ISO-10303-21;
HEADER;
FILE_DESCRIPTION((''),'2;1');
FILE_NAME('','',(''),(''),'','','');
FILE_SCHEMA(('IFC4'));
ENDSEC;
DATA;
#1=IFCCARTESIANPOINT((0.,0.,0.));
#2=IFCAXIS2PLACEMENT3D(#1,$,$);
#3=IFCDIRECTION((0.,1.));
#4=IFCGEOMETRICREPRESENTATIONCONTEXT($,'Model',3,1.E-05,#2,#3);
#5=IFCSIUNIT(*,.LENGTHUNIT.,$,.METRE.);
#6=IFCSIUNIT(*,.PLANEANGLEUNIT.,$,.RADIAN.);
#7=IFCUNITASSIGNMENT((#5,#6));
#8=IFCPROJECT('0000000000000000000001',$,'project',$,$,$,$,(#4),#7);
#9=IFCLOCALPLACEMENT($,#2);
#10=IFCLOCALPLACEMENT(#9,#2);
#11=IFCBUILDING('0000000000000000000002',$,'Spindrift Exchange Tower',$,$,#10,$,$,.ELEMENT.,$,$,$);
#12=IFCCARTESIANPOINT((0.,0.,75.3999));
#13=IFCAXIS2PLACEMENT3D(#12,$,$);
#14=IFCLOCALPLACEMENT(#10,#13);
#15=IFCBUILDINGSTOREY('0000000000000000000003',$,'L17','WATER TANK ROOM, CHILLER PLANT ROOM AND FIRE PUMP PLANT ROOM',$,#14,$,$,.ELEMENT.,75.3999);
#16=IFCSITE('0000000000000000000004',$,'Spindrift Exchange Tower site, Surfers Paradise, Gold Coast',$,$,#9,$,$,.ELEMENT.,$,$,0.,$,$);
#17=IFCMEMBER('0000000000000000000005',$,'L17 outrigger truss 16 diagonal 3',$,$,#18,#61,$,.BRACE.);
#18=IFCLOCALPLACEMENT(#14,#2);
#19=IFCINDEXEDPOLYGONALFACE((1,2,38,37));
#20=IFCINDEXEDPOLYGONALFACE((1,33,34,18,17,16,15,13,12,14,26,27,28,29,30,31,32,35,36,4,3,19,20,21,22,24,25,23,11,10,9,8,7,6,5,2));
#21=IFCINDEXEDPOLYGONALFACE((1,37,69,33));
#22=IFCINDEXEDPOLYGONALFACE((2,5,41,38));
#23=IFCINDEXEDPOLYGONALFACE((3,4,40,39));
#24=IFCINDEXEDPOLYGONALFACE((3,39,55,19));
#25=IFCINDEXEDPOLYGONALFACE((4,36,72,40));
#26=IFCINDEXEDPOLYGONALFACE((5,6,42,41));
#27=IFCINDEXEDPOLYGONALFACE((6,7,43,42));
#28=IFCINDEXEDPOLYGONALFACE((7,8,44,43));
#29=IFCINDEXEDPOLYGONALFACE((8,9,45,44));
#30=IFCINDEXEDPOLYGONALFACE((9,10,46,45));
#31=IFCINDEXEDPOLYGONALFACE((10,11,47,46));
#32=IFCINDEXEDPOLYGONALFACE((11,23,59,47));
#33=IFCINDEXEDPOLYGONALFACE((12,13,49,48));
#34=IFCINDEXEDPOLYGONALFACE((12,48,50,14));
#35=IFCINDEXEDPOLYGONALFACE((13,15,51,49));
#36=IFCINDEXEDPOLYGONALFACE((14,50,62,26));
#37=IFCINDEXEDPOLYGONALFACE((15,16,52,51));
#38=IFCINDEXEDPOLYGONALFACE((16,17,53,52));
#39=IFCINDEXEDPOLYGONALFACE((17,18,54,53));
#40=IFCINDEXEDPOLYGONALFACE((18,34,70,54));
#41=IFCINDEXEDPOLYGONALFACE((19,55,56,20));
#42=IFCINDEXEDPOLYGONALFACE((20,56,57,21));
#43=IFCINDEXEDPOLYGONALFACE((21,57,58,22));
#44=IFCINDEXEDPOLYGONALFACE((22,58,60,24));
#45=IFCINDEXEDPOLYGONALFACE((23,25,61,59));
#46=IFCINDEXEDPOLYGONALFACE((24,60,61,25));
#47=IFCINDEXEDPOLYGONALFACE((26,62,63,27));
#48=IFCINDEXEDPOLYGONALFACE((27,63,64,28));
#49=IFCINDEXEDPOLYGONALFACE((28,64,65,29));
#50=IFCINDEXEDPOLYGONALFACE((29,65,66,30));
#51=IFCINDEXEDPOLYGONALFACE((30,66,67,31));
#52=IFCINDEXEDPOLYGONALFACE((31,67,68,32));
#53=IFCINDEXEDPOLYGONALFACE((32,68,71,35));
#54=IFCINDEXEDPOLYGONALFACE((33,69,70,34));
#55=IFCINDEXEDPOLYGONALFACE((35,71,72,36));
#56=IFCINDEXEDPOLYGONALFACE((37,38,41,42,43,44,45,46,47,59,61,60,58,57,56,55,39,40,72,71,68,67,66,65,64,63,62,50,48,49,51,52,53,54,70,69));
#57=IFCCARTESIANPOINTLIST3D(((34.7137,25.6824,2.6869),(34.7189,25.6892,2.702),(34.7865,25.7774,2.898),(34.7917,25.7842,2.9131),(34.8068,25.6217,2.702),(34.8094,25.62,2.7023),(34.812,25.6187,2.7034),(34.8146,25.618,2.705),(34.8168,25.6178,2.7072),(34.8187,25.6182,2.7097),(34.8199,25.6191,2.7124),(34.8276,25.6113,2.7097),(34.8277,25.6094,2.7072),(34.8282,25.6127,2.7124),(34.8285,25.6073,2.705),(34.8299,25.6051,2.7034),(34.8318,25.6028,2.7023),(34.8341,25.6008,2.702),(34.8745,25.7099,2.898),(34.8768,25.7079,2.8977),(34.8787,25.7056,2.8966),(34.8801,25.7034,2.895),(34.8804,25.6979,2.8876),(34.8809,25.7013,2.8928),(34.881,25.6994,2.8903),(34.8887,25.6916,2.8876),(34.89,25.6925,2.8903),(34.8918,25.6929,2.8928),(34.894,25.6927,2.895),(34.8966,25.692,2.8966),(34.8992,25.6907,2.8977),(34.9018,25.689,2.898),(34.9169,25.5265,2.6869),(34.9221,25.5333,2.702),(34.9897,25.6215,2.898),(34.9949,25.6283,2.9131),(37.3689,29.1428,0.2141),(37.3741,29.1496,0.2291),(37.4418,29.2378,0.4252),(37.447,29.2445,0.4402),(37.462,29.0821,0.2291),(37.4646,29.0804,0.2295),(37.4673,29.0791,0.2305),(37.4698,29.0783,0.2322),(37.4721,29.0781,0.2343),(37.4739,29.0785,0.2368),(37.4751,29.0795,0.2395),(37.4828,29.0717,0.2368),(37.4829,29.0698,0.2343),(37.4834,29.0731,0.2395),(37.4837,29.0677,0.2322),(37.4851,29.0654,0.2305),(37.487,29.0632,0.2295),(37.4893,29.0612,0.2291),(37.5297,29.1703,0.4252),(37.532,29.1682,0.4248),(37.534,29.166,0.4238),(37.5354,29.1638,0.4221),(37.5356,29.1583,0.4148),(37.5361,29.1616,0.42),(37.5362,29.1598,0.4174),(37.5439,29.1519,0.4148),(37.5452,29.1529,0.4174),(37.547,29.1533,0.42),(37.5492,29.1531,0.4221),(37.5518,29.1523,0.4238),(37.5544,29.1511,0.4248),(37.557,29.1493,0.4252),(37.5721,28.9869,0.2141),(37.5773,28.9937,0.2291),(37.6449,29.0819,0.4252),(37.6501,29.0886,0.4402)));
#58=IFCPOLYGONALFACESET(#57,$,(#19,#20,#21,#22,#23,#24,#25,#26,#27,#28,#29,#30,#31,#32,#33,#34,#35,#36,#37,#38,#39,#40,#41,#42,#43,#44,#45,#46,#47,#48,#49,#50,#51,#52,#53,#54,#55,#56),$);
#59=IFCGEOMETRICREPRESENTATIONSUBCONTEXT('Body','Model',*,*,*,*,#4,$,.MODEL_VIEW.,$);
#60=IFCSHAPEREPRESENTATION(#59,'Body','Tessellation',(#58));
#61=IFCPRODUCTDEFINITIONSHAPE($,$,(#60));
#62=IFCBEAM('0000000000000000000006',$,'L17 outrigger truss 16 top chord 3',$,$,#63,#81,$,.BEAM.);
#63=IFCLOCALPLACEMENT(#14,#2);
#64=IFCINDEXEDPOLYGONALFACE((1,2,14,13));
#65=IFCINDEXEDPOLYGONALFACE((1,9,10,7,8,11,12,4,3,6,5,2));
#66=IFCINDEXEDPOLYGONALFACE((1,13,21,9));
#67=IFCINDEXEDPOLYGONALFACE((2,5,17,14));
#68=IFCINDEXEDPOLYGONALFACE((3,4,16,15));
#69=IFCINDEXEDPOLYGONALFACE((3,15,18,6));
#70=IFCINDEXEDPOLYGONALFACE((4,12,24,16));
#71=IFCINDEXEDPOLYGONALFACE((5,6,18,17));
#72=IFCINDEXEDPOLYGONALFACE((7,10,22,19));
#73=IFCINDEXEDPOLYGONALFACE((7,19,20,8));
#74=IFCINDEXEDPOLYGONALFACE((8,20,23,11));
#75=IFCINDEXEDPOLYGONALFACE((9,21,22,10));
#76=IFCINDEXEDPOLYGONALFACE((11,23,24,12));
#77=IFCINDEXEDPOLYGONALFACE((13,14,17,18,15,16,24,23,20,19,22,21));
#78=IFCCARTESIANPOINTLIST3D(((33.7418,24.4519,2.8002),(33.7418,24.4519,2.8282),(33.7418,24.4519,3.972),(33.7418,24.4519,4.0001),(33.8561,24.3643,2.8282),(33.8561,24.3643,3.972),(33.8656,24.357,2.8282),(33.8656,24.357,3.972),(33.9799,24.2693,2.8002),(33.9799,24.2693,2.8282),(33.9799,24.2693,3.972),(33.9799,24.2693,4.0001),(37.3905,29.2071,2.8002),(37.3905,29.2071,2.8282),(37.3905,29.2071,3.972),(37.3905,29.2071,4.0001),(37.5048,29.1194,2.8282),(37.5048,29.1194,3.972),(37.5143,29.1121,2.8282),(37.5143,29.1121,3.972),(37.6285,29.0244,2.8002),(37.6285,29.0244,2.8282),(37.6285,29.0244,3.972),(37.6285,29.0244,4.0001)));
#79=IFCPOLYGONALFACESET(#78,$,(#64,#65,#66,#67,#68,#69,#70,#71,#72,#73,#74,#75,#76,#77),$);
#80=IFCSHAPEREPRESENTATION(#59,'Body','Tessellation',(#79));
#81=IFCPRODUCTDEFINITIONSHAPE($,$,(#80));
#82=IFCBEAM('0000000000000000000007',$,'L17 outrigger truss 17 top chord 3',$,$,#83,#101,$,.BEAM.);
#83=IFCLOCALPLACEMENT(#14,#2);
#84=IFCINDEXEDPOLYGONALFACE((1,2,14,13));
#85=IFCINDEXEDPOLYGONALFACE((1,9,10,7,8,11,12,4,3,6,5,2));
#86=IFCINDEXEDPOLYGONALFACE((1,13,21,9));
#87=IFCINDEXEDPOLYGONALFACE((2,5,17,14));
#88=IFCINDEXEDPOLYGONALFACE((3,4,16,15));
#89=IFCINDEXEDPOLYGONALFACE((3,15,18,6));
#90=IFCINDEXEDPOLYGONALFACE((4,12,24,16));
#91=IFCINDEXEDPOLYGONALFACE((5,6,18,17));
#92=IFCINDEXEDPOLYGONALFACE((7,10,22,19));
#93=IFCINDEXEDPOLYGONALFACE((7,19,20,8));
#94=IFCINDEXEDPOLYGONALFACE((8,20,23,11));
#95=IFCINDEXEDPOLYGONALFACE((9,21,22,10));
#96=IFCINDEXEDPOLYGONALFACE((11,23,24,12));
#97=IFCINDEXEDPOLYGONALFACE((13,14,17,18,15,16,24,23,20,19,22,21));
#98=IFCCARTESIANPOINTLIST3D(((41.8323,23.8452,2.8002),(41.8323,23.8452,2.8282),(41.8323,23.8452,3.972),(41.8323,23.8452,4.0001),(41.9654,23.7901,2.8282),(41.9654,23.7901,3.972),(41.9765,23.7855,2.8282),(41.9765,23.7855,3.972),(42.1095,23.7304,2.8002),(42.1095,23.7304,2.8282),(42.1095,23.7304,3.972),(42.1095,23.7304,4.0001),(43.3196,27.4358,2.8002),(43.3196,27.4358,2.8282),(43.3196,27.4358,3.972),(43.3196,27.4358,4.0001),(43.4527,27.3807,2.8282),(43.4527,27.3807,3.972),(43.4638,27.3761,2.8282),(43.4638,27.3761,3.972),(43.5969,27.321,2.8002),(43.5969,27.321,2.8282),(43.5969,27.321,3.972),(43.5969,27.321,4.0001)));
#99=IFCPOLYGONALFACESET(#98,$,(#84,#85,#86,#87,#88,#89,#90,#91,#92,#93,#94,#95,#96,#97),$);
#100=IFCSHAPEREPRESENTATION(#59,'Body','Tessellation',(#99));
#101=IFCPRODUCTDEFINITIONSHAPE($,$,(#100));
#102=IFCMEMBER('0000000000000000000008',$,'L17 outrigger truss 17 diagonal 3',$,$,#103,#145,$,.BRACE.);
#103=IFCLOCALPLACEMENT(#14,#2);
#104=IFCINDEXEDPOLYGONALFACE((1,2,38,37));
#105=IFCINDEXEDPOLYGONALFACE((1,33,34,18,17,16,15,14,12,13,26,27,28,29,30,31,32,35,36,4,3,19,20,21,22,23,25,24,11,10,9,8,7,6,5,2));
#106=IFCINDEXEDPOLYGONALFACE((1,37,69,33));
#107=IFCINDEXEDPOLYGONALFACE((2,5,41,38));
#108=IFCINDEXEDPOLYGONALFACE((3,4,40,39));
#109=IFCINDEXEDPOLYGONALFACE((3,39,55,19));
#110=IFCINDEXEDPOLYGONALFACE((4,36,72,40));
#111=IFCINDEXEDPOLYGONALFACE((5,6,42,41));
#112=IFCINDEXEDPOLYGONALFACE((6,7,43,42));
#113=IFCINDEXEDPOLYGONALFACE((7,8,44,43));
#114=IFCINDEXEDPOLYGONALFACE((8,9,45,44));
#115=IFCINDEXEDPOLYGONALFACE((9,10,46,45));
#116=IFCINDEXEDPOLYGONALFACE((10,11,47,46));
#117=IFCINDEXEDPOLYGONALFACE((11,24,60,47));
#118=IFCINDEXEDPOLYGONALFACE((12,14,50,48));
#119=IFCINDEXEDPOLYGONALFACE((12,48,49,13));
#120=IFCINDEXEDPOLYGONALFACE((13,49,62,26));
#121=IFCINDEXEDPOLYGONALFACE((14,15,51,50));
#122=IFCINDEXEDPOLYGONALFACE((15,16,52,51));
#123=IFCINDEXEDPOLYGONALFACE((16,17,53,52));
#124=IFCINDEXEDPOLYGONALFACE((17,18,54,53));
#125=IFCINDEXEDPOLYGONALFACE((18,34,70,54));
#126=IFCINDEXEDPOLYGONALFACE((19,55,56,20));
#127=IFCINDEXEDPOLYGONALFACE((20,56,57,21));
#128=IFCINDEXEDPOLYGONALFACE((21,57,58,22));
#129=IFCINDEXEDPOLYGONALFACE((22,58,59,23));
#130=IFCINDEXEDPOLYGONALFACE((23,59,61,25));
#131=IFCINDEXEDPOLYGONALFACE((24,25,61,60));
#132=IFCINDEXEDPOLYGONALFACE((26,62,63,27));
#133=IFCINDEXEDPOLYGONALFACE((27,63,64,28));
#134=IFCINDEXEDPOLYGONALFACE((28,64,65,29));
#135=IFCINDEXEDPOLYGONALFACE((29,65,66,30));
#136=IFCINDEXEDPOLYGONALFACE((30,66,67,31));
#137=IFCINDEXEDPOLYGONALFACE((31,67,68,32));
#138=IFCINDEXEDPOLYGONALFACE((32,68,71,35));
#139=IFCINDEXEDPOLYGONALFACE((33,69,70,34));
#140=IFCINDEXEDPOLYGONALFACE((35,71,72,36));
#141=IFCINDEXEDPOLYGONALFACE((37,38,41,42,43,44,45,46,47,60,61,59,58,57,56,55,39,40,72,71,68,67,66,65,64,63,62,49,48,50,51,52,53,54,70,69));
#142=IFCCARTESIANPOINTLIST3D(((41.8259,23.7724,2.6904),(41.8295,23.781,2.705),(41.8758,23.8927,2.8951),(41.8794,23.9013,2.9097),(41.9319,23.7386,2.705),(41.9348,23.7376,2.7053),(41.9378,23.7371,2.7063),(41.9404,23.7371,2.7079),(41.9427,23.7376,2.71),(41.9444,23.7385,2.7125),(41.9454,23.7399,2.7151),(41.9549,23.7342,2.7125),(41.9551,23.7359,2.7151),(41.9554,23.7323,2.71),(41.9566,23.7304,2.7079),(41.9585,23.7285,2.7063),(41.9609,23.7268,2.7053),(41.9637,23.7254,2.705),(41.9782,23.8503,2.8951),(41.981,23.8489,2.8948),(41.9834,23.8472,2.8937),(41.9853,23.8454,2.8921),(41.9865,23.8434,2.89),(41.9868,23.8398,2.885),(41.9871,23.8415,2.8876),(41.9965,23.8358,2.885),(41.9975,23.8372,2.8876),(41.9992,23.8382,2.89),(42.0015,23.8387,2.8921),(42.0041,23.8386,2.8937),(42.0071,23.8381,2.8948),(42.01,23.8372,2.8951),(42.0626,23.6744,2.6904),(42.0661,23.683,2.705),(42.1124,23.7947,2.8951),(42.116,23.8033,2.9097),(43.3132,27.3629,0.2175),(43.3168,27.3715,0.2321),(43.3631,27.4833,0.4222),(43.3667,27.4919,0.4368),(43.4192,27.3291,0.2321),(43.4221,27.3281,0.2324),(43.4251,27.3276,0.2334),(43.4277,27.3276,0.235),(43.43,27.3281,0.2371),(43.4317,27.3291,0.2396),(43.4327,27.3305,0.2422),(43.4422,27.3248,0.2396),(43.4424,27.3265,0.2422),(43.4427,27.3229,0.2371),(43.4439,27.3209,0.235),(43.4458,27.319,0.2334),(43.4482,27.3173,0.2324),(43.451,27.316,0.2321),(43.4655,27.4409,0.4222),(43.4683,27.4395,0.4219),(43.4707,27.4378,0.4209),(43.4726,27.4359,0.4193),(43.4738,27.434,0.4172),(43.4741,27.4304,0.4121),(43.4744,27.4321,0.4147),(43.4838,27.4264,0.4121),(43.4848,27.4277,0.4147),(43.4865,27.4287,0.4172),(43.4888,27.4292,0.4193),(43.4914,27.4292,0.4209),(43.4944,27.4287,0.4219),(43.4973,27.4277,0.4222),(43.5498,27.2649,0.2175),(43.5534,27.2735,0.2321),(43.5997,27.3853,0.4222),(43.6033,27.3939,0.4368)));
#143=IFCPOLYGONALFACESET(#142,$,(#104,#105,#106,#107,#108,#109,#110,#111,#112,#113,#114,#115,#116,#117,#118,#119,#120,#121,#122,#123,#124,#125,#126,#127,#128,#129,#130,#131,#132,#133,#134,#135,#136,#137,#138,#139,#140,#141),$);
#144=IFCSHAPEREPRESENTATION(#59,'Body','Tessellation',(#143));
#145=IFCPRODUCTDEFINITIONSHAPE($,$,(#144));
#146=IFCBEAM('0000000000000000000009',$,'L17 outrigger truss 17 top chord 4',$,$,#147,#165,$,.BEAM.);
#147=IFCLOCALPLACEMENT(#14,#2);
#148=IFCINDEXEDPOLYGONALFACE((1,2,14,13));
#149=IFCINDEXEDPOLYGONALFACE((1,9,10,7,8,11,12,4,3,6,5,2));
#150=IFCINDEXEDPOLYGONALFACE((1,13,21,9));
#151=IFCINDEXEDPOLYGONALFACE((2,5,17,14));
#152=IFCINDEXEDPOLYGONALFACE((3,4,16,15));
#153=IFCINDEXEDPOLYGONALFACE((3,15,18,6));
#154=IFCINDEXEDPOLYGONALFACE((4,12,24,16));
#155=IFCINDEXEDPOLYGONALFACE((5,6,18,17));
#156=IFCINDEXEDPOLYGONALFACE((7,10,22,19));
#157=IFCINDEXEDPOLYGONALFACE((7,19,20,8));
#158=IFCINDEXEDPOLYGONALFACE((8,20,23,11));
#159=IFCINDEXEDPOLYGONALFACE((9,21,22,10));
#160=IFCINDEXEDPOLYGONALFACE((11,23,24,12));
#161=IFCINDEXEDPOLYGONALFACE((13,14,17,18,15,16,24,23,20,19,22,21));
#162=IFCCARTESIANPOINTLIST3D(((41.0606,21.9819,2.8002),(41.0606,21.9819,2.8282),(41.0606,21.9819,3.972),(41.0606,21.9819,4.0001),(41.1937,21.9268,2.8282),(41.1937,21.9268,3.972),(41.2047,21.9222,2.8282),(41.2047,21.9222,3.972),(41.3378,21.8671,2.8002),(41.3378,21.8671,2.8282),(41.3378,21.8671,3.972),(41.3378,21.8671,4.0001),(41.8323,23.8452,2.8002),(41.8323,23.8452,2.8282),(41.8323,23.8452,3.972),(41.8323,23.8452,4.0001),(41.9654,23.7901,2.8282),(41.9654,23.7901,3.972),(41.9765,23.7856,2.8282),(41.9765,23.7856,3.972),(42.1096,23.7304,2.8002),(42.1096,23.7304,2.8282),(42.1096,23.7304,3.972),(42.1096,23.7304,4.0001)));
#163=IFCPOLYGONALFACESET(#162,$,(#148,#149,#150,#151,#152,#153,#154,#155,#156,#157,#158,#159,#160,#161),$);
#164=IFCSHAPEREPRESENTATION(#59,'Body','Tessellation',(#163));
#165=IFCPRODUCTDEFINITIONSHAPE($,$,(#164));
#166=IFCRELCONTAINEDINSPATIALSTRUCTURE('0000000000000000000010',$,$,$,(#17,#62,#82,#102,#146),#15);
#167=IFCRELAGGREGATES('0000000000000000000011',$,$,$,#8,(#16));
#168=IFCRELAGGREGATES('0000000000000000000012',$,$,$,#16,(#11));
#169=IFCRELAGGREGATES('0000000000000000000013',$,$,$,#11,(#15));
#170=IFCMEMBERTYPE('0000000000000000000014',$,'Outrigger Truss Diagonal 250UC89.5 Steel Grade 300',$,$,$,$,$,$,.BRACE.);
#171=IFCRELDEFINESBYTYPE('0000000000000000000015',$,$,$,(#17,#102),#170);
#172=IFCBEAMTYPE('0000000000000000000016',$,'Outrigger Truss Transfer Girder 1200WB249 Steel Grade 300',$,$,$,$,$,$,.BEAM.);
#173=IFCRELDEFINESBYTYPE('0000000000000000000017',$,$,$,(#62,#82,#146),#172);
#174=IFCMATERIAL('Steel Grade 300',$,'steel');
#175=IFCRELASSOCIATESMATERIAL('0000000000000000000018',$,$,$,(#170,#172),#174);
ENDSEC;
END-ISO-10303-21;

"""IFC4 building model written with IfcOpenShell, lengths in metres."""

from ifc_helpers import new_model, si_unit, direction, frame, origin, origin_2d, place, context, subcontext, project, spatial, i_section, extrude, source, transform, mapped, material, material_profile, profile_set, type_object, element, save


model = new_model("IFC4")

# Units and contexts
model_context = context("Model", 3, precision=1e-05, world=origin(), true_north=direction((0.0, 1.0)))
body_context = subcontext(model_context, "Body", "Model", "MODEL_VIEW")
ifc_project = project(units=[si_unit("LENGTHUNIT", "METRE"), si_unit("PLANEANGLEUNIT", "RADIAN")], contexts=[model_context])

# Site, building, storey
site_placement = place(None, origin())
site = spatial("IfcSite", under=ifc_project, at=site_placement, Name="Spindrift Exchange Tower site, Surfers Paradise, Gold Coast", CompositionType="ELEMENT", RefElevation=0.0)
building_placement = place(site_placement, origin())
building = spatial("IfcBuilding", under=site, at=building_placement, Name="Spindrift Exchange Tower", CompositionType="ELEMENT")
storey_placement = place(building_placement, frame((0.0, 0.0, 75.3999)))
storey = spatial("IfcBuildingStorey", under=building, at=storey_placement, Name="L17", Description="WATER TANK ROOM, CHILLER PLANT ROOM AND FIRE PUMP PLANT ROOM", CompositionType="ELEMENT", Elevation=75.3999)

# Member
ifc_material_1 = material(Name="Steel Grade 300", Category="steel")
ifc_material_profile_1 = material_profile(ifc_material_1, i_section(OverallWidth=0.2561, OverallDepth=0.26, WebThickness=0.0105, FlangeThickness=0.0173, FilletRadius=0.012, at=origin_2d()), Name="250UC89.5")
ifc_profile_set_1 = profile_set([ifc_material_profile_1], Name="Steel Grade 300")
member_type_1 = type_object("IfcMemberType", Name="Outrigger Truss Diagonal 250UC89.5 Steel Grade 300", PredefinedType="BRACE", material=ifc_profile_set_1)
shared_shape_1 = source(origin(), body_context, "Body", "SweptSolid", [
    extrude(i_section(OverallWidth=0.2561, OverallDepth=0.26, WebThickness=0.0105, FlangeThickness=0.0173, FilletRadius=0.012, at=origin_2d()), origin(), (0.0, 0.0, 1.0), 5.0139),
])
member_1_placement = place(storey_placement, frame((37.5095, 29.1157, 0.3271), z_axis=(-0.52957, -0.690154, 0.493197), x_axis=(0.793356, -0.608758, 0.0)))
element("IfcMember", 1, at=member_1_placement, inside=storey, type_object=member_type_1, Name="L17 outrigger truss 16 diagonal 3", PredefinedType="BRACE", context=body_context, shape_type="MappedRepresentation", body=[
    mapped(shared_shape_1, transform((0.0, 0.0, 0.0), scale=1.0)),
])

# Beams
ifc_material_profile_2 = material_profile(ifc_material_1, i_section(OverallWidth=0.3, OverallDepth=1.2, WebThickness=0.012, FlangeThickness=0.0281, at=origin_2d()), Name="1200WB249")
ifc_profile_set_2 = profile_set([ifc_material_profile_2], Name="Steel Grade 300")
beam_type_1 = type_object("IfcBeamType", Name="Outrigger Truss Transfer Girder 1200WB249 Steel Grade 300", PredefinedType="BEAM", material=ifc_profile_set_2)
shared_shape_2 = source(origin(), body_context, "Body", "SweptSolid", [
    extrude(i_section(OverallWidth=0.3, OverallDepth=1.2, WebThickness=0.012, FlangeThickness=0.0281, at=origin_2d()), origin(), (0.0, 0.0, 1.0), 5.9937),
])
beam_1_placement = place(storey_placement, frame((37.5095, 29.1157, 3.4001), z_axis=(-0.608756, -0.793358, 0.0), x_axis=(0.793358, -0.608756, 0.0)))
element("IfcBeam", 2, at=beam_1_placement, inside=storey, type_object=beam_type_1, Name="L17 outrigger truss 16 top chord 3", PredefinedType="BEAM", context=body_context, shape_type="MappedRepresentation", body=[
    mapped(shared_shape_2, transform((0.0, 0.0, 0.0), scale=1.0)),
])
shared_shape_3 = source(origin(), body_context, "Body", "SweptSolid", [
    extrude(i_section(OverallWidth=0.3, OverallDepth=1.2, WebThickness=0.012, FlangeThickness=0.0281, at=origin_2d()), origin(), (0.0, 0.0, 1.0), 3.8865),
])
beam_2_placement = place(storey_placement, frame((43.4583, 27.3784, 3.4001), z_axis=(-0.382692, -0.923876, 0.0), x_axis=(0.923876, -0.382692, 0.0)))
element("IfcBeam", 3, at=beam_2_placement, inside=storey, type_object=beam_type_1, Name="L17 outrigger truss 17 top chord 3", PredefinedType="BEAM", context=body_context, shape_type="MappedRepresentation", body=[
    mapped(shared_shape_3, transform((0.0, 0.0, 0.0), scale=1.0)),
])

# Member
shared_shape_4 = source(origin(), body_context, "Body", "SweptSolid", [
    extrude(i_section(OverallWidth=0.2561, OverallDepth=0.26, WebThickness=0.0105, FlangeThickness=0.0173, FilletRadius=0.012, at=origin_2d()), origin(), (0.0, 0.0, 1.0), 4.6064),
])
member_2_placement = place(storey_placement, frame((43.4583, 27.3784, 0.3271), z_axis=(-0.322873, -0.779464, 0.536832), x_axis=(0.923876, -0.382692, 0.0)))
element("IfcMember", 4, at=member_2_placement, inside=storey, type_object=member_type_1, Name="L17 outrigger truss 17 diagonal 3", PredefinedType="BRACE", context=body_context, shape_type="MappedRepresentation", body=[
    mapped(shared_shape_4, transform((0.0, 0.0, 0.0), scale=1.0)),
])

# Beam
shared_shape_5 = source(origin(), body_context, "Body", "SweptSolid", [
    extrude(i_section(OverallWidth=0.3, OverallDepth=1.2, WebThickness=0.012, FlangeThickness=0.0281, at=origin_2d()), origin(), (0.0, 0.0, 1.0), 2.0168),
])
beam_3_placement = place(storey_placement, frame((41.9709, 23.7878, 3.4001), z_axis=(-0.382655, -0.923891, 0.0), x_axis=(0.923891, -0.382655, 0.0)))
element("IfcBeam", 5, at=beam_3_placement, inside=storey, type_object=beam_type_1, Name="L17 outrigger truss 17 top chord 4", PredefinedType="BEAM", context=body_context, shape_type="MappedRepresentation", body=[
    mapped(shared_shape_5, transform((0.0, 0.0, 0.0), scale=1.0)),
])

save(model, "model.ifc")
